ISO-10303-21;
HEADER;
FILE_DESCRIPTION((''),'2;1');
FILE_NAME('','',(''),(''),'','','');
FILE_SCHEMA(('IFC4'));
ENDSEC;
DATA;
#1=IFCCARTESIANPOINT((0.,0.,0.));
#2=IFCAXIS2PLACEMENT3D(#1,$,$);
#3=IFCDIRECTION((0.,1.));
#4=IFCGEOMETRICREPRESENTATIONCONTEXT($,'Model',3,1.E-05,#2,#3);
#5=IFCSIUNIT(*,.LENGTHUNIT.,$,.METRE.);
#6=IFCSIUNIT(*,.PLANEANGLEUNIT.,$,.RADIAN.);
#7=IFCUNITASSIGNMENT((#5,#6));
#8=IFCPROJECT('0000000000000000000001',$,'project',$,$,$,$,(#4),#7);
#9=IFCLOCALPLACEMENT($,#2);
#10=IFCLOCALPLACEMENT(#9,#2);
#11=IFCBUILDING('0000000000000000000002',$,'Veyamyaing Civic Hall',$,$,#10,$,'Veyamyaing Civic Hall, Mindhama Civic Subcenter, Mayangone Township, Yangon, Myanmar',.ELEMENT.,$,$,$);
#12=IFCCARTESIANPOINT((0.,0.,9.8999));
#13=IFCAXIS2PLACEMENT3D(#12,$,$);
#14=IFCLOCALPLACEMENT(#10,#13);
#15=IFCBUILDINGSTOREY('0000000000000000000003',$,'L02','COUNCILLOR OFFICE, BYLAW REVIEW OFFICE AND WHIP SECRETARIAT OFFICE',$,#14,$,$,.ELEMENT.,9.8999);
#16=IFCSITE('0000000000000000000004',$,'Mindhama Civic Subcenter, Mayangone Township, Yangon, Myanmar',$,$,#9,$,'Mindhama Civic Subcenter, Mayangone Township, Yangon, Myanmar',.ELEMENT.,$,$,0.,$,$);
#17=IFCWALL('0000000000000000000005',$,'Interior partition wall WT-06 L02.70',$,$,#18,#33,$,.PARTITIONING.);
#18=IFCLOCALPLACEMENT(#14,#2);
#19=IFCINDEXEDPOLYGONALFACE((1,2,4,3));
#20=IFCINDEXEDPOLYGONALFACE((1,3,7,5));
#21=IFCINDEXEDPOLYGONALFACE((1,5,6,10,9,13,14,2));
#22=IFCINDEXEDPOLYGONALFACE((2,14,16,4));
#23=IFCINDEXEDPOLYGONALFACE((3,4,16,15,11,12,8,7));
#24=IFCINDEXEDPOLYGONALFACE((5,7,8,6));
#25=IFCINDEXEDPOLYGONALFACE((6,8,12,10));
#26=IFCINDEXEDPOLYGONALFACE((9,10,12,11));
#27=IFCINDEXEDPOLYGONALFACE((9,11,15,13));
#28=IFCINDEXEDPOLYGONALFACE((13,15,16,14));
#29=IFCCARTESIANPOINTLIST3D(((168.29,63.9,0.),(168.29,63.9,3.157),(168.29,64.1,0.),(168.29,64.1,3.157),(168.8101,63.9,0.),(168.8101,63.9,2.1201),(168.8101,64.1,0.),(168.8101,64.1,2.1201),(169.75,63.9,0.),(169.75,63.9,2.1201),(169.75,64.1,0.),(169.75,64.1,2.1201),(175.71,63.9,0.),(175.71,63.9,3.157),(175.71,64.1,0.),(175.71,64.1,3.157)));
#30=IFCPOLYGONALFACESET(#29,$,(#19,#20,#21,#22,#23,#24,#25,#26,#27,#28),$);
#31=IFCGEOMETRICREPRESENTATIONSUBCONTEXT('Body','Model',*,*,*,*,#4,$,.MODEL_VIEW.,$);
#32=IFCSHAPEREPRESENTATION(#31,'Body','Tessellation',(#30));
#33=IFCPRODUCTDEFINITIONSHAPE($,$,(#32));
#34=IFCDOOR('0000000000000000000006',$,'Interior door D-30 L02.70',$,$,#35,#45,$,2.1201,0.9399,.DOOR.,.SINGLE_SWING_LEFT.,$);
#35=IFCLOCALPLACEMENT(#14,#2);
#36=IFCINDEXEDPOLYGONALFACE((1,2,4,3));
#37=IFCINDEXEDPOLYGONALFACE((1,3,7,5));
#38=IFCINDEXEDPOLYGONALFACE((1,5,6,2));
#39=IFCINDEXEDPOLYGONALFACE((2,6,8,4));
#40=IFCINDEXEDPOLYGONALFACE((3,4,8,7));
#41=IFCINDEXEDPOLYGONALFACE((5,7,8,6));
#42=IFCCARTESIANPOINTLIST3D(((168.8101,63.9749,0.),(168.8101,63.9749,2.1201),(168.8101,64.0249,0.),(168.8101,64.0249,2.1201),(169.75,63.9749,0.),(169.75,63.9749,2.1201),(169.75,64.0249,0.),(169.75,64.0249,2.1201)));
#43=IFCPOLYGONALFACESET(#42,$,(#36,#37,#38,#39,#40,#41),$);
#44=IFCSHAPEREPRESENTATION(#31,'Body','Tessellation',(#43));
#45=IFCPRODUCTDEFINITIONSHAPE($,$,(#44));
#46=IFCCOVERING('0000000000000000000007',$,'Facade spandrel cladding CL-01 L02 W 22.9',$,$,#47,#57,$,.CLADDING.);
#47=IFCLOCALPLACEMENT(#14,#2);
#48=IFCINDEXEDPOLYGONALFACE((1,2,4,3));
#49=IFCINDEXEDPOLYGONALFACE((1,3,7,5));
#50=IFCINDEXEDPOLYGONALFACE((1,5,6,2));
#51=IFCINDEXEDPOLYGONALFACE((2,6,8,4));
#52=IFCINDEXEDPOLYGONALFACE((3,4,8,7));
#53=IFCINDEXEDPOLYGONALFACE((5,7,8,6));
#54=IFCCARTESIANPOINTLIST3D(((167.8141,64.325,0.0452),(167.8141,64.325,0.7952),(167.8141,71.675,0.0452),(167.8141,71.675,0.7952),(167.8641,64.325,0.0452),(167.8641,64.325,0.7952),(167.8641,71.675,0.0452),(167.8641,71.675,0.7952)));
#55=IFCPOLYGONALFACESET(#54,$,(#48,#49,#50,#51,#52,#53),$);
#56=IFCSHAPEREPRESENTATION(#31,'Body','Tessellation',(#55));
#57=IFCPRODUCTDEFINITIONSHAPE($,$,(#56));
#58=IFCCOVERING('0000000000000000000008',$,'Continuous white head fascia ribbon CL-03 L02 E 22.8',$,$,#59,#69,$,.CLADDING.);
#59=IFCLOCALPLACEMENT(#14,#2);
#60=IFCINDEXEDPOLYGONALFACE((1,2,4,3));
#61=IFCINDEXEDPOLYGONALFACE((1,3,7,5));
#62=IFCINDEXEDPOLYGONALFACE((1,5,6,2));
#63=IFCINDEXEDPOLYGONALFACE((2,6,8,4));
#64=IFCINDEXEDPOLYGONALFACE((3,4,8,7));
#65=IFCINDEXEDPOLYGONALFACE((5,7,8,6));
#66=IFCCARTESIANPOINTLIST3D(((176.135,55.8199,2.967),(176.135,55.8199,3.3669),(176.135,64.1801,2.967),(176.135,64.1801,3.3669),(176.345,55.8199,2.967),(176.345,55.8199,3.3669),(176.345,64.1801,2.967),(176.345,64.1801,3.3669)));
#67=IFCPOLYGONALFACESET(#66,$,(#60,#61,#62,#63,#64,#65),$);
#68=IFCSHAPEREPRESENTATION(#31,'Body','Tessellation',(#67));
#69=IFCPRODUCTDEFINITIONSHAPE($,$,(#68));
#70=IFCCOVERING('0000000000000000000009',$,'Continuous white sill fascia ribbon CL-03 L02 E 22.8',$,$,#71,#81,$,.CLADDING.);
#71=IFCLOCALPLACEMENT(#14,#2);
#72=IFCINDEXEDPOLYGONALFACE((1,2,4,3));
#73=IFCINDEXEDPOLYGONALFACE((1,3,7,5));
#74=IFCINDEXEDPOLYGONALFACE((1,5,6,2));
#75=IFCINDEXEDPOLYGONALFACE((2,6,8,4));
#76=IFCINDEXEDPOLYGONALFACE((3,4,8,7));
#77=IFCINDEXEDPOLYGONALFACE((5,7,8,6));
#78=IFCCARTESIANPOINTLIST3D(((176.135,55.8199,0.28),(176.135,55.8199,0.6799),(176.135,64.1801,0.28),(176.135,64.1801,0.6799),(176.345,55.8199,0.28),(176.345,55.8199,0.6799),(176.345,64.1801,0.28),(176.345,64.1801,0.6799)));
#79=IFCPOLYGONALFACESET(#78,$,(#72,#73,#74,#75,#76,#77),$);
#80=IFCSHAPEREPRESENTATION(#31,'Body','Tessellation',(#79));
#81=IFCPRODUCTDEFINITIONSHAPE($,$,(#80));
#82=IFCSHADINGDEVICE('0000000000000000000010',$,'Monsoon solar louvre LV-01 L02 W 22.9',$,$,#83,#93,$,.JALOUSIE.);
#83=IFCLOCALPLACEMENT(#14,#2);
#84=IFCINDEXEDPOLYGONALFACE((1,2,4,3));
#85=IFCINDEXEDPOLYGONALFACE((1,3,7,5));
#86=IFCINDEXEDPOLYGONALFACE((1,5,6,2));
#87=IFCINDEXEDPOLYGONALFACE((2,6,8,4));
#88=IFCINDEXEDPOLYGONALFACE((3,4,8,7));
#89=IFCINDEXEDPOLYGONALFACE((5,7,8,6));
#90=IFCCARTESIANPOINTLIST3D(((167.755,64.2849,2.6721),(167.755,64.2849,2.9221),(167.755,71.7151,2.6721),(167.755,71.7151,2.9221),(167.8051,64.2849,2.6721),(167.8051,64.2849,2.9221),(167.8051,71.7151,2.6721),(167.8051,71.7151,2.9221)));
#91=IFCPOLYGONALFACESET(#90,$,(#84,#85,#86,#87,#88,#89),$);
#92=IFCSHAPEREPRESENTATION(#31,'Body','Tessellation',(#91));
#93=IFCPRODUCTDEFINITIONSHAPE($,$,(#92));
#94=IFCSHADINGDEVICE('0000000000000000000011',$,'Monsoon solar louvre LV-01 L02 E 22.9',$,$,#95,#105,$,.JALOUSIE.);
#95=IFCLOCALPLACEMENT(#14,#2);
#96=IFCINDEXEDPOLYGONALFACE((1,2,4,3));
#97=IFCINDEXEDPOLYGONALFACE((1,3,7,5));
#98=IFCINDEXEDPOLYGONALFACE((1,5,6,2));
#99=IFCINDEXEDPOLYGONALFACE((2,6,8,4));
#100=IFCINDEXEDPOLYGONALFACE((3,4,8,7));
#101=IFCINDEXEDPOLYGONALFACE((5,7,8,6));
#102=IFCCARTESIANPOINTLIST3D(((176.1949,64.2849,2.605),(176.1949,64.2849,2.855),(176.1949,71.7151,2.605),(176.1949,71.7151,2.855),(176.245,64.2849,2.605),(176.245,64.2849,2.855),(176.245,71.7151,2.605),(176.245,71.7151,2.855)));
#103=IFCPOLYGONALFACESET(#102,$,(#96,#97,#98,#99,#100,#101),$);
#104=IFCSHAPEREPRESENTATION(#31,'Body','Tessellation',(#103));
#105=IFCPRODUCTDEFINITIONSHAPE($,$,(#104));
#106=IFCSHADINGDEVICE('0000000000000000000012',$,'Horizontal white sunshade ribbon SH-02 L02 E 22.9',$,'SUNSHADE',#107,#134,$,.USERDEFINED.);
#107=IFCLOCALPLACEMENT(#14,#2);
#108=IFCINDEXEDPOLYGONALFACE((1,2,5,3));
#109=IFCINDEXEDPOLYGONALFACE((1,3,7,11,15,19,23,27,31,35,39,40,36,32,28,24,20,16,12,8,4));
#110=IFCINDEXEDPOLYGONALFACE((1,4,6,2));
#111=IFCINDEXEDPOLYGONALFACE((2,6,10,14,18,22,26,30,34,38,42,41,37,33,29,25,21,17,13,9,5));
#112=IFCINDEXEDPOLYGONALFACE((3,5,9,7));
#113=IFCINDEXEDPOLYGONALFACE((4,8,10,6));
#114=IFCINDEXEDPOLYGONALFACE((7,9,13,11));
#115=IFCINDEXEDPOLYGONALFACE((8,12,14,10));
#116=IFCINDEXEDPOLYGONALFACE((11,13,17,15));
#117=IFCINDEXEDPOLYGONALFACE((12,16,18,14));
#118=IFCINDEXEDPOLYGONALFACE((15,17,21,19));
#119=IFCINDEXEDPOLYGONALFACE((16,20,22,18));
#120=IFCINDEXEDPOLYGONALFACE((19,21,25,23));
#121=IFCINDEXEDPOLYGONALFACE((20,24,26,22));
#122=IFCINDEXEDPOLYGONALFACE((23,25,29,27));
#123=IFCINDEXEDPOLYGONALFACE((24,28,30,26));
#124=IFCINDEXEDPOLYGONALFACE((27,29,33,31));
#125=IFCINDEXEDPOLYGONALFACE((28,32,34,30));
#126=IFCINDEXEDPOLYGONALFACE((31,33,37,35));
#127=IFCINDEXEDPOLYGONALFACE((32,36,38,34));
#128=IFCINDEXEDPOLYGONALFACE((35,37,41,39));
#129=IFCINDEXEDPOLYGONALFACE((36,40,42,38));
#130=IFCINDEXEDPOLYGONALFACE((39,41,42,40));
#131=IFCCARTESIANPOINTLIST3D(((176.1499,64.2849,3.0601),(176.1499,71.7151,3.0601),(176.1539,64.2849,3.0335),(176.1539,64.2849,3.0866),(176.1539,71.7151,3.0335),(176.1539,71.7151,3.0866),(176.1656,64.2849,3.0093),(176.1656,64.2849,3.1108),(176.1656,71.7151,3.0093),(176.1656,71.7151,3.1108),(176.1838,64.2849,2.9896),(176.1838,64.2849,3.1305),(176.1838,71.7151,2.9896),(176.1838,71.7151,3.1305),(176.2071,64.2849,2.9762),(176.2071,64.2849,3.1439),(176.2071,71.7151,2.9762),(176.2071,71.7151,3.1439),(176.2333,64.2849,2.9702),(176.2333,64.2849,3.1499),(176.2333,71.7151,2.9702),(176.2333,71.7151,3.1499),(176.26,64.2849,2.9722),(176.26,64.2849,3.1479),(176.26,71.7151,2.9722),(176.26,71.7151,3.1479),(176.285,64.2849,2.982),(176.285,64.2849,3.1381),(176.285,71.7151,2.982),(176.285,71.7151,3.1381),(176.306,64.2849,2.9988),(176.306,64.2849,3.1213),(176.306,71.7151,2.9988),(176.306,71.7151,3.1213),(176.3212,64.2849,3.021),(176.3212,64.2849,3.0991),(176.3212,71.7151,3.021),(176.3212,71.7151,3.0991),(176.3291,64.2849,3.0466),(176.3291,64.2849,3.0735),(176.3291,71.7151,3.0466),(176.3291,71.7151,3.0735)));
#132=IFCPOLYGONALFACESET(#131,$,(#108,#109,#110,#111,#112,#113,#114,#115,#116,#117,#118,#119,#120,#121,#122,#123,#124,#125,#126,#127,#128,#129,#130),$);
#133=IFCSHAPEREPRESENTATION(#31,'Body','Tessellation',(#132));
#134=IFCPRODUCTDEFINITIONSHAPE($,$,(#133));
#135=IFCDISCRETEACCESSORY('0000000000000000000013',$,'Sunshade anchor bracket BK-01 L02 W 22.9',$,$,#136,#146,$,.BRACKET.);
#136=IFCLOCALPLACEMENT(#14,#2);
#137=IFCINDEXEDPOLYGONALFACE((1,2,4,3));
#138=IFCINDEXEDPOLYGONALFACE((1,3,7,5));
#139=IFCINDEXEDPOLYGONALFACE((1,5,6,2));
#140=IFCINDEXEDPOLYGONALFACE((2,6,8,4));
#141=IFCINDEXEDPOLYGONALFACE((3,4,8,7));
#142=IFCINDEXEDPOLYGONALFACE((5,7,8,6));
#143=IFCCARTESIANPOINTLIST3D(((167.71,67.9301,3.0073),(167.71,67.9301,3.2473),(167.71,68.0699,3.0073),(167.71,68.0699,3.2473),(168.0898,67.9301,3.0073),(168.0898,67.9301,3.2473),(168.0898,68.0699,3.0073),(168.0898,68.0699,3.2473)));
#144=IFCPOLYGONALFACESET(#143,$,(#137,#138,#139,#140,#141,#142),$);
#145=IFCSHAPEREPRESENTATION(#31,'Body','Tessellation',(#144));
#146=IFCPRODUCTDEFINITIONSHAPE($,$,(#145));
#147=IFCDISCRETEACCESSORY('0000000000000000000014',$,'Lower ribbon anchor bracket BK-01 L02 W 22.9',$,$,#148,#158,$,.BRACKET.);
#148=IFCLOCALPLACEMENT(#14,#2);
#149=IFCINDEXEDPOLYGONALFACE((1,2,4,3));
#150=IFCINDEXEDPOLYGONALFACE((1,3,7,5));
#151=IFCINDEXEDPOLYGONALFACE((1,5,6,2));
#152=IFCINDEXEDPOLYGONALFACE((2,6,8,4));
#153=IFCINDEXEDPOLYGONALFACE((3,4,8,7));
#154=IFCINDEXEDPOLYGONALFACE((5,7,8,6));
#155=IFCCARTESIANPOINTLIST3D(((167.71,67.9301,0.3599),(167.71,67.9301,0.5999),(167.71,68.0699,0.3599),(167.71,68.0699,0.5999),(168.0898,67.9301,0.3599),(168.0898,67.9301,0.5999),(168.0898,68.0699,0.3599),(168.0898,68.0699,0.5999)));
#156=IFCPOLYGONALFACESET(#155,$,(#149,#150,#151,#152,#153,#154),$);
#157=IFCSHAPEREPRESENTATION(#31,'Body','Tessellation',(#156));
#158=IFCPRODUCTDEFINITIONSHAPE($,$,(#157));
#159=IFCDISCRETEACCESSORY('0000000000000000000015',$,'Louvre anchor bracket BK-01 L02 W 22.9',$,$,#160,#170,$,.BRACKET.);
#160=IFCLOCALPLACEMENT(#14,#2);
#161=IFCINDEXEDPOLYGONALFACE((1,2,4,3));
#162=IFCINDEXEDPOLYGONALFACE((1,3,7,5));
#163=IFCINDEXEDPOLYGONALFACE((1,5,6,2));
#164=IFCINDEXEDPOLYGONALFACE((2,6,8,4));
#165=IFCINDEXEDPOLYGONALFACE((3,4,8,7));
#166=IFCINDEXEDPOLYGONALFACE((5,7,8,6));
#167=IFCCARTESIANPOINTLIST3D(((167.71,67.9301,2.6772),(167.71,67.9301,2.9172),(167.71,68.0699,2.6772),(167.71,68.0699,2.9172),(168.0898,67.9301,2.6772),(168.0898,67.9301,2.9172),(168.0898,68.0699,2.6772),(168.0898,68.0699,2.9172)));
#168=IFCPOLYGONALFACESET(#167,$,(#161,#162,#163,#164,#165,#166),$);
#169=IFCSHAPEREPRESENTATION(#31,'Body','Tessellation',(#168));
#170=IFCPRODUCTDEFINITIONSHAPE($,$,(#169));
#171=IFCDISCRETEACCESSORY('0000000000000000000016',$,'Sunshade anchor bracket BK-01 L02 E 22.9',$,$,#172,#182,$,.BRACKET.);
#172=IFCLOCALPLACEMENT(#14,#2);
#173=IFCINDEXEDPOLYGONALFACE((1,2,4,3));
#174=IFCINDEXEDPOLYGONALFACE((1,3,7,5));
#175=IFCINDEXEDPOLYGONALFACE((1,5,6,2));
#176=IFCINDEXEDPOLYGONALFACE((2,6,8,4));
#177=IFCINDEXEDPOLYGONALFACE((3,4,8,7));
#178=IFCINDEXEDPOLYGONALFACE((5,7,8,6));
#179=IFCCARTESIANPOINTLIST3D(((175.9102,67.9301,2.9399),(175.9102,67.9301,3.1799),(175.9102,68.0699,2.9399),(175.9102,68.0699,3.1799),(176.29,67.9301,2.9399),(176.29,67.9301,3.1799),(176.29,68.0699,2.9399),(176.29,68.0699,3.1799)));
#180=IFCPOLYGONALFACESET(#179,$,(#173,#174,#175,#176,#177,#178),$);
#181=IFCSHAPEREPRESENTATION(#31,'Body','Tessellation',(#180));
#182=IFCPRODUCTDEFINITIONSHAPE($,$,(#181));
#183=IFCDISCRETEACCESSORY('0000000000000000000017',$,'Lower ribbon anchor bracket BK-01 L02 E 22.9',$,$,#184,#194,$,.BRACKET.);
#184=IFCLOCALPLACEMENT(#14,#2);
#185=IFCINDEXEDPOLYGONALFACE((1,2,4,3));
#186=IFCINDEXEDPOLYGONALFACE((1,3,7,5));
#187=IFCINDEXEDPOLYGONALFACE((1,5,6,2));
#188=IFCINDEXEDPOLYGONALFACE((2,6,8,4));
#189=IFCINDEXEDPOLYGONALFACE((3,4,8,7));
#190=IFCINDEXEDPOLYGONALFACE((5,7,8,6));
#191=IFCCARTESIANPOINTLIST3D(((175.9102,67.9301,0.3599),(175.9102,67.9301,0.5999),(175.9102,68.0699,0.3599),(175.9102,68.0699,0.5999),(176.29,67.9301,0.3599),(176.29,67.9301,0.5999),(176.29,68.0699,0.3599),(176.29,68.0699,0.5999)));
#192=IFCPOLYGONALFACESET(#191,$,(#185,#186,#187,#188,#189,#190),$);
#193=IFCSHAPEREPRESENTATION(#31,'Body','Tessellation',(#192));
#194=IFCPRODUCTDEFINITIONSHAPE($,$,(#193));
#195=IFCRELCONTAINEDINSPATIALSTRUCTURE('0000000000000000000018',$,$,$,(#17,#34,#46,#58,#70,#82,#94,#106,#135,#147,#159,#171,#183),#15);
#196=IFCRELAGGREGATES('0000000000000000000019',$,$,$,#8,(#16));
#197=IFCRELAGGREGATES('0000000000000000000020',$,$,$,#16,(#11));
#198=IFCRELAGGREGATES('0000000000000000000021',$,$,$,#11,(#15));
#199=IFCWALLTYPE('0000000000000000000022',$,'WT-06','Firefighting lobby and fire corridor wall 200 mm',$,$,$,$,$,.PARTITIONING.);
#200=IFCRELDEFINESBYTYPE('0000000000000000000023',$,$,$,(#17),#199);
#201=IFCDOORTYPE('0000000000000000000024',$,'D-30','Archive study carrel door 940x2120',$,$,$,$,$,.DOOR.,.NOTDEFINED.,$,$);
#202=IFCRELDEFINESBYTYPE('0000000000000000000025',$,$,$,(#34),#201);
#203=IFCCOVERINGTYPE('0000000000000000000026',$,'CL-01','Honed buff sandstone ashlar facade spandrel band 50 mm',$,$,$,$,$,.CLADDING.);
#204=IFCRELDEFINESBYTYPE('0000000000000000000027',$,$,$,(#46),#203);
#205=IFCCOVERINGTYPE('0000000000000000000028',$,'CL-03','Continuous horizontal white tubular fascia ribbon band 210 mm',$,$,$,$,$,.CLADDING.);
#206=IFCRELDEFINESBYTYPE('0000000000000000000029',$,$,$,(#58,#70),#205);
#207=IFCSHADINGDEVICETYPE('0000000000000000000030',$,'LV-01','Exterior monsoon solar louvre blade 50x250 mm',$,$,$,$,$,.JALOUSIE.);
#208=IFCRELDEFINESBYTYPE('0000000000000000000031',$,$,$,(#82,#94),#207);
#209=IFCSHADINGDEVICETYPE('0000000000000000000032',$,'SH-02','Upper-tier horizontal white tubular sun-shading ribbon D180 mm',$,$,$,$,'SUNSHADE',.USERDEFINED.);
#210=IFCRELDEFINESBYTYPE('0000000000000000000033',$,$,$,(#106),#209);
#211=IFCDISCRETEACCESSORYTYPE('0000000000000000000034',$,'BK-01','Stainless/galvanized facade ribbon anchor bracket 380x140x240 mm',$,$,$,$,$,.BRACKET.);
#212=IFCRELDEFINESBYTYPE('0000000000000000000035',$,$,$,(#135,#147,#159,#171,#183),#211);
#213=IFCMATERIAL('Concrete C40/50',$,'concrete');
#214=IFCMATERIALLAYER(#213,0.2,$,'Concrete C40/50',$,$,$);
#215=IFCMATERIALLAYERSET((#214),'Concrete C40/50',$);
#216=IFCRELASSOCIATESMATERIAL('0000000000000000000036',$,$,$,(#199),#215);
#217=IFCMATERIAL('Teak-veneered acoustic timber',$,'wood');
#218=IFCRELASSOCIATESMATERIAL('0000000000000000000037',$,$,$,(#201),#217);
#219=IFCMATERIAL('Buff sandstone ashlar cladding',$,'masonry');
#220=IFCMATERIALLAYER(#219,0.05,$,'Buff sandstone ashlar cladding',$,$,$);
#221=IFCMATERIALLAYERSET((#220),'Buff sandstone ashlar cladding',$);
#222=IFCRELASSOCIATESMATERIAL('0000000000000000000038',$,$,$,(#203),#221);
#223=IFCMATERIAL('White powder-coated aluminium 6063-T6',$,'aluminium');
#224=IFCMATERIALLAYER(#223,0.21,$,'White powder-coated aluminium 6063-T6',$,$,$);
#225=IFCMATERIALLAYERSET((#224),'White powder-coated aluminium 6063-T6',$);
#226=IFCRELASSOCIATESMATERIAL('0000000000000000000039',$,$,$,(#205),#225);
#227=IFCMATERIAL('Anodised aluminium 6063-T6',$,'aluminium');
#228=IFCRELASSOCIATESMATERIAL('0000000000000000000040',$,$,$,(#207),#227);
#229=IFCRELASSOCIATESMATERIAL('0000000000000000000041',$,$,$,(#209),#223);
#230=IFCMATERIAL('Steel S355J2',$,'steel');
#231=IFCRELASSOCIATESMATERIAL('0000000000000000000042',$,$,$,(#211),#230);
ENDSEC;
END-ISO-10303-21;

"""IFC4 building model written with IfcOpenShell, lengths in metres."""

from ifc_helpers import new_model, si_unit, direction, frame, frame_2d, origin, origin_2d, place, context, subcontext, project, spatial, rectangle, circle, extrude, material, layer, layer_set, material_profile, profile_set, type_object, element, fill, save


model = new_model("IFC4")

# Units and contexts
model_context = context("Model", 3, precision=1e-05, world=origin(), true_north=direction((0.0, 1.0)))
body_context = subcontext(model_context, "Body", "Model", "MODEL_VIEW")
ifc_project = project(units=[si_unit("LENGTHUNIT", "METRE"), si_unit("PLANEANGLEUNIT", "RADIAN")], contexts=[model_context])

# Site, building, storey
site_placement = place(None, origin())
site = spatial("IfcSite", under=ifc_project, at=site_placement, Name="Mindhama Civic Subcenter, Mayangone Township, Yangon, Myanmar", LongName="Mindhama Civic Subcenter, Mayangone Township, Yangon, Myanmar", CompositionType="ELEMENT", RefElevation=0.0)
building_placement = place(site_placement, origin())
building = spatial("IfcBuilding", under=site, at=building_placement, Name="Veyamyaing Civic Hall", LongName="Veyamyaing Civic Hall, Mindhama Civic Subcenter, Mayangone Township, Yangon, Myanmar", CompositionType="ELEMENT")
storey_placement = place(building_placement, frame((0.0, 0.0, 9.8999)))
storey = spatial("IfcBuildingStorey", under=building, at=storey_placement, Name="L02", Description="COUNCILLOR OFFICE, BYLAW REVIEW OFFICE AND WHIP SECRETARIAT OFFICE", CompositionType="ELEMENT", Elevation=9.8999)

# Wall, opening, door
ifc_material_1 = material(Name="Concrete C40/50", Category="concrete")
ifc_layer_1 = layer(ifc_material_1, 0.2, Name="Concrete C40/50")
ifc_layer_set_1 = layer_set([ifc_layer_1], Name="Concrete C40/50")
wall_type_1 = type_object("IfcWallType", Name="WT-06", Description="Firefighting lobby and fire corridor wall 200 mm", PredefinedType="PARTITIONING", material=ifc_layer_set_1)
wall_1_placement = place(storey_placement, frame((168.29, 64.0, 0.0), z_axis=(0.0, 0.0, 1.0), x_axis=(1.0, 0.0, 0.0)))
wall_1 = element("IfcWall", 1, at=wall_1_placement, inside=storey, type_object=wall_type_1, Name="Interior partition wall WT-06 L02.70", PredefinedType="PARTITIONING", context=body_context, shape_type="SweptSolid", body=[
    extrude(rectangle(XDim=7.4199, YDim=0.2, at=frame_2d((3.71, 0.0))), origin(), (0.0, 0.0, 1.0), 3.157),
])
opening_1_placement = place(wall_1_placement, frame((0.52, 0.0, 0.0)))
opening_1 = element("IfcOpeningElement", 2, at=opening_1_placement, cuts=wall_1, PredefinedType="OPENING", context=body_context, shape_type="SweptSolid", body=[
    extrude(rectangle(XDim=0.9399, YDim=2.1201, at=frame_2d((0.47, 1.0601))), frame((0.0, 0.1099, 0.0), z_axis=(0.0, -1.0, 0.0), x_axis=(1.0, 0.0, 0.0)), (0.0, 0.0, 1.0), 0.22),
])
ifc_material_2 = material(Name="Teak-veneered acoustic timber", Category="wood")
door_type = type_object("IfcDoorType", Name="D-30", Description="Archive study carrel door 940x2120", OperationType="NOTDEFINED", PredefinedType="DOOR", material=ifc_material_2)
door_placement = place(opening_1_placement, origin())
door = element("IfcDoor", 3, at=door_placement, inside=storey, type_object=door_type, Name="Interior door D-30 L02.70", OperationType="SINGLE_SWING_LEFT", OverallHeight=2.1201, OverallWidth=0.9399, PredefinedType="DOOR", context=body_context, shape_type="SweptSolid", body=[
    extrude(rectangle(XDim=0.9399, YDim=2.1201, at=frame_2d((0.47, 1.0601))), frame((0.0, 0.0249, 0.0), z_axis=(0.0, -1.0, 0.0), x_axis=(1.0, 0.0, 0.0)), (0.0, 0.0, 1.0), 0.05),
])
fill(opening_1, door)

# Coverings
ifc_material_3 = material(Name="Buff sandstone ashlar cladding", Category="masonry")
ifc_layer_2 = layer(ifc_material_3, 0.05, Name="Buff sandstone ashlar cladding")
ifc_layer_set_2 = layer_set([ifc_layer_2], Name="Buff sandstone ashlar cladding")
covering_type_1 = type_object("IfcCoveringType", Name="CL-01", Description="Honed buff sandstone ashlar facade spandrel band 50 mm", PredefinedType="CLADDING", material=ifc_layer_set_2)
covering_placement = place(storey_placement, frame((167.8391, 68.0, 0.0452), z_axis=(0.0, 0.0, 1.0), x_axis=(0.0, 1.0, 0.0)))
element("IfcCovering", 4, at=covering_placement, inside=storey, type_object=covering_type_1, Name="Facade spandrel cladding CL-01 L02 W 22.9", PredefinedType="CLADDING", context=body_context, shape_type="SweptSolid", body=[
    extrude(rectangle(XDim=7.3501, YDim=0.05, at=origin_2d()), origin(), (0.0, 0.0, 1.0), 0.75),
])
ifc_material_4 = material(Name="White powder-coated aluminium 6063-T6", Category="aluminium")
ifc_layer_3 = layer(ifc_material_4, 0.21, Name="White powder-coated aluminium 6063-T6")
ifc_layer_set_3 = layer_set([ifc_layer_3], Name="White powder-coated aluminium 6063-T6")
covering_type_2 = type_object("IfcCoveringType", Name="CL-03", Description="Continuous horizontal white tubular fascia ribbon band 210 mm", PredefinedType="CLADDING", material=ifc_layer_set_3)
for number, where, z_axis, x_axis, name in (
    (5, (176.24, 60.0, 2.967), (0.0, 0.0, 1.0), (0.0, 1.0, 0.0), "Continuous white head fascia ribbon CL-03 L02 E 22.8"),
    (6, (176.24, 60.0, 0.28), (0.0, 0.0, 1.0), (0.0, 1.0, 0.0), "Continuous white sill fascia ribbon CL-03 L02 E 22.8"),
):
    element("IfcCovering", number, at=place(storey_placement, frame(where, z_axis=z_axis, x_axis=x_axis)), inside=storey, type_object=covering_type_2, Name=name, PredefinedType="CLADDING", context=body_context, shape_type="SweptSolid", body=[
        extrude(rectangle(XDim=8.3601, YDim=0.21, at=origin_2d()), origin(), (0.0, 0.0, 1.0), 0.3999),
    ])

# Shading devices
ifc_material_5 = material(Name="Anodised aluminium 6063-T6", Category="aluminium")
ifc_material_profile_1 = material_profile(ifc_material_5, rectangle(XDim=0.05, YDim=0.25, at=origin_2d()), Name="LOUVRE-BLADE-50X250")
ifc_profile_set_1 = profile_set([ifc_material_profile_1], Name="Anodised aluminium 6063-T6")
shading_device_type_1 = type_object("IfcShadingDeviceType", Name="LV-01", Description="Exterior monsoon solar louvre blade 50x250 mm", PredefinedType="JALOUSIE", material=ifc_profile_set_1)
for number, where, z_axis, x_axis, name in (
    (7, (167.78, 64.2849, 2.7971), (0.0, 1.0, 0.0), (-1.0, 0.0, 0.0), "Monsoon solar louvre LV-01 L02 W 22.9"),
    (8, (176.22, 64.2849, 2.73), (0.0, 1.0, 0.0), (-1.0, 0.0, 0.0), "Monsoon solar louvre LV-01 L02 E 22.9"),
):
    element("IfcShadingDevice", number, at=place(storey_placement, frame(where, z_axis=z_axis, x_axis=x_axis)), inside=storey, type_object=shading_device_type_1, Name=name, PredefinedType="JALOUSIE", context=body_context, shape_type="SweptSolid", body=[
        extrude(rectangle(XDim=0.05, YDim=0.25, at=origin_2d()), origin(), (0.0, 0.0, 1.0), 7.4302),
    ])
ifc_material_profile_2 = material_profile(ifc_material_4, circle(Radius=0.0901, at=origin_2d()), Name="SHADE-TUBE-180")
ifc_profile_set_2 = profile_set([ifc_material_profile_2], Name="White powder-coated aluminium 6063-T6")
shading_device_type_2 = type_object("IfcShadingDeviceType", Name="SH-02", Description="Upper-tier horizontal white tubular sun-shading ribbon D180 mm", ElementType="SUNSHADE", PredefinedType="USERDEFINED", material=ifc_profile_set_2)
shading_device_placement = place(storey_placement, frame((176.24, 64.2849, 3.0601), z_axis=(0.0, 1.0, 0.0), x_axis=(-1.0, 0.0, 0.0)))
element("IfcShadingDevice", 9, at=shading_device_placement, inside=storey, type_object=shading_device_type_2, Name="Horizontal white sunshade ribbon SH-02 L02 E 22.9", ObjectType="SUNSHADE", PredefinedType="USERDEFINED", context=body_context, shape_type="SweptSolid", body=[
    extrude(circle(Radius=0.0901, at=origin_2d()), origin(), (0.0, 0.0, 1.0), 7.4302),
])

# Discrete accessories
ifc_material_6 = material(Name="Steel S355J2", Category="steel")
discrete_accessory_type = type_object("IfcDiscreteAccessoryType", Name="BK-01", Description="Stainless/galvanized facade ribbon anchor bracket 380x140x240 mm", PredefinedType="BRACKET", material=ifc_material_6)
for number, where, z_axis, x_axis, name in (
    (10, (167.8999, 68.0, 3.0073), (0.0, 0.0, 1.0), (-1.0, 0.0, 0.0), "Sunshade anchor bracket BK-01 L02 W 22.9"),
    (11, (167.8999, 68.0, 0.3599), (0.0, 0.0, 1.0), (-1.0, 0.0, 0.0), "Lower ribbon anchor bracket BK-01 L02 W 22.9"),
    (12, (167.8999, 68.0, 2.6772), (0.0, 0.0, 1.0), (-1.0, 0.0, 0.0), "Louvre anchor bracket BK-01 L02 W 22.9"),
    (13, (176.1001, 68.0, 2.9399), (0.0, 0.0, 1.0), (1.0, 0.0, 0.0), "Sunshade anchor bracket BK-01 L02 E 22.9"),
    (14, (176.1001, 68.0, 0.3599), (0.0, 0.0, 1.0), (1.0, 0.0, 0.0), "Lower ribbon anchor bracket BK-01 L02 E 22.9"),
):
    element("IfcDiscreteAccessory", number, at=place(storey_placement, frame(where, z_axis=z_axis, x_axis=x_axis)), inside=storey, type_object=discrete_accessory_type, Name=name, PredefinedType="BRACKET", context=body_context, shape_type="SweptSolid", body=[
        extrude(rectangle(XDim=0.3799, YDim=0.1399, at=origin_2d()), origin(), (0.0, 0.0, 1.0), 0.24),
    ])

save(model, "model.ifc")
